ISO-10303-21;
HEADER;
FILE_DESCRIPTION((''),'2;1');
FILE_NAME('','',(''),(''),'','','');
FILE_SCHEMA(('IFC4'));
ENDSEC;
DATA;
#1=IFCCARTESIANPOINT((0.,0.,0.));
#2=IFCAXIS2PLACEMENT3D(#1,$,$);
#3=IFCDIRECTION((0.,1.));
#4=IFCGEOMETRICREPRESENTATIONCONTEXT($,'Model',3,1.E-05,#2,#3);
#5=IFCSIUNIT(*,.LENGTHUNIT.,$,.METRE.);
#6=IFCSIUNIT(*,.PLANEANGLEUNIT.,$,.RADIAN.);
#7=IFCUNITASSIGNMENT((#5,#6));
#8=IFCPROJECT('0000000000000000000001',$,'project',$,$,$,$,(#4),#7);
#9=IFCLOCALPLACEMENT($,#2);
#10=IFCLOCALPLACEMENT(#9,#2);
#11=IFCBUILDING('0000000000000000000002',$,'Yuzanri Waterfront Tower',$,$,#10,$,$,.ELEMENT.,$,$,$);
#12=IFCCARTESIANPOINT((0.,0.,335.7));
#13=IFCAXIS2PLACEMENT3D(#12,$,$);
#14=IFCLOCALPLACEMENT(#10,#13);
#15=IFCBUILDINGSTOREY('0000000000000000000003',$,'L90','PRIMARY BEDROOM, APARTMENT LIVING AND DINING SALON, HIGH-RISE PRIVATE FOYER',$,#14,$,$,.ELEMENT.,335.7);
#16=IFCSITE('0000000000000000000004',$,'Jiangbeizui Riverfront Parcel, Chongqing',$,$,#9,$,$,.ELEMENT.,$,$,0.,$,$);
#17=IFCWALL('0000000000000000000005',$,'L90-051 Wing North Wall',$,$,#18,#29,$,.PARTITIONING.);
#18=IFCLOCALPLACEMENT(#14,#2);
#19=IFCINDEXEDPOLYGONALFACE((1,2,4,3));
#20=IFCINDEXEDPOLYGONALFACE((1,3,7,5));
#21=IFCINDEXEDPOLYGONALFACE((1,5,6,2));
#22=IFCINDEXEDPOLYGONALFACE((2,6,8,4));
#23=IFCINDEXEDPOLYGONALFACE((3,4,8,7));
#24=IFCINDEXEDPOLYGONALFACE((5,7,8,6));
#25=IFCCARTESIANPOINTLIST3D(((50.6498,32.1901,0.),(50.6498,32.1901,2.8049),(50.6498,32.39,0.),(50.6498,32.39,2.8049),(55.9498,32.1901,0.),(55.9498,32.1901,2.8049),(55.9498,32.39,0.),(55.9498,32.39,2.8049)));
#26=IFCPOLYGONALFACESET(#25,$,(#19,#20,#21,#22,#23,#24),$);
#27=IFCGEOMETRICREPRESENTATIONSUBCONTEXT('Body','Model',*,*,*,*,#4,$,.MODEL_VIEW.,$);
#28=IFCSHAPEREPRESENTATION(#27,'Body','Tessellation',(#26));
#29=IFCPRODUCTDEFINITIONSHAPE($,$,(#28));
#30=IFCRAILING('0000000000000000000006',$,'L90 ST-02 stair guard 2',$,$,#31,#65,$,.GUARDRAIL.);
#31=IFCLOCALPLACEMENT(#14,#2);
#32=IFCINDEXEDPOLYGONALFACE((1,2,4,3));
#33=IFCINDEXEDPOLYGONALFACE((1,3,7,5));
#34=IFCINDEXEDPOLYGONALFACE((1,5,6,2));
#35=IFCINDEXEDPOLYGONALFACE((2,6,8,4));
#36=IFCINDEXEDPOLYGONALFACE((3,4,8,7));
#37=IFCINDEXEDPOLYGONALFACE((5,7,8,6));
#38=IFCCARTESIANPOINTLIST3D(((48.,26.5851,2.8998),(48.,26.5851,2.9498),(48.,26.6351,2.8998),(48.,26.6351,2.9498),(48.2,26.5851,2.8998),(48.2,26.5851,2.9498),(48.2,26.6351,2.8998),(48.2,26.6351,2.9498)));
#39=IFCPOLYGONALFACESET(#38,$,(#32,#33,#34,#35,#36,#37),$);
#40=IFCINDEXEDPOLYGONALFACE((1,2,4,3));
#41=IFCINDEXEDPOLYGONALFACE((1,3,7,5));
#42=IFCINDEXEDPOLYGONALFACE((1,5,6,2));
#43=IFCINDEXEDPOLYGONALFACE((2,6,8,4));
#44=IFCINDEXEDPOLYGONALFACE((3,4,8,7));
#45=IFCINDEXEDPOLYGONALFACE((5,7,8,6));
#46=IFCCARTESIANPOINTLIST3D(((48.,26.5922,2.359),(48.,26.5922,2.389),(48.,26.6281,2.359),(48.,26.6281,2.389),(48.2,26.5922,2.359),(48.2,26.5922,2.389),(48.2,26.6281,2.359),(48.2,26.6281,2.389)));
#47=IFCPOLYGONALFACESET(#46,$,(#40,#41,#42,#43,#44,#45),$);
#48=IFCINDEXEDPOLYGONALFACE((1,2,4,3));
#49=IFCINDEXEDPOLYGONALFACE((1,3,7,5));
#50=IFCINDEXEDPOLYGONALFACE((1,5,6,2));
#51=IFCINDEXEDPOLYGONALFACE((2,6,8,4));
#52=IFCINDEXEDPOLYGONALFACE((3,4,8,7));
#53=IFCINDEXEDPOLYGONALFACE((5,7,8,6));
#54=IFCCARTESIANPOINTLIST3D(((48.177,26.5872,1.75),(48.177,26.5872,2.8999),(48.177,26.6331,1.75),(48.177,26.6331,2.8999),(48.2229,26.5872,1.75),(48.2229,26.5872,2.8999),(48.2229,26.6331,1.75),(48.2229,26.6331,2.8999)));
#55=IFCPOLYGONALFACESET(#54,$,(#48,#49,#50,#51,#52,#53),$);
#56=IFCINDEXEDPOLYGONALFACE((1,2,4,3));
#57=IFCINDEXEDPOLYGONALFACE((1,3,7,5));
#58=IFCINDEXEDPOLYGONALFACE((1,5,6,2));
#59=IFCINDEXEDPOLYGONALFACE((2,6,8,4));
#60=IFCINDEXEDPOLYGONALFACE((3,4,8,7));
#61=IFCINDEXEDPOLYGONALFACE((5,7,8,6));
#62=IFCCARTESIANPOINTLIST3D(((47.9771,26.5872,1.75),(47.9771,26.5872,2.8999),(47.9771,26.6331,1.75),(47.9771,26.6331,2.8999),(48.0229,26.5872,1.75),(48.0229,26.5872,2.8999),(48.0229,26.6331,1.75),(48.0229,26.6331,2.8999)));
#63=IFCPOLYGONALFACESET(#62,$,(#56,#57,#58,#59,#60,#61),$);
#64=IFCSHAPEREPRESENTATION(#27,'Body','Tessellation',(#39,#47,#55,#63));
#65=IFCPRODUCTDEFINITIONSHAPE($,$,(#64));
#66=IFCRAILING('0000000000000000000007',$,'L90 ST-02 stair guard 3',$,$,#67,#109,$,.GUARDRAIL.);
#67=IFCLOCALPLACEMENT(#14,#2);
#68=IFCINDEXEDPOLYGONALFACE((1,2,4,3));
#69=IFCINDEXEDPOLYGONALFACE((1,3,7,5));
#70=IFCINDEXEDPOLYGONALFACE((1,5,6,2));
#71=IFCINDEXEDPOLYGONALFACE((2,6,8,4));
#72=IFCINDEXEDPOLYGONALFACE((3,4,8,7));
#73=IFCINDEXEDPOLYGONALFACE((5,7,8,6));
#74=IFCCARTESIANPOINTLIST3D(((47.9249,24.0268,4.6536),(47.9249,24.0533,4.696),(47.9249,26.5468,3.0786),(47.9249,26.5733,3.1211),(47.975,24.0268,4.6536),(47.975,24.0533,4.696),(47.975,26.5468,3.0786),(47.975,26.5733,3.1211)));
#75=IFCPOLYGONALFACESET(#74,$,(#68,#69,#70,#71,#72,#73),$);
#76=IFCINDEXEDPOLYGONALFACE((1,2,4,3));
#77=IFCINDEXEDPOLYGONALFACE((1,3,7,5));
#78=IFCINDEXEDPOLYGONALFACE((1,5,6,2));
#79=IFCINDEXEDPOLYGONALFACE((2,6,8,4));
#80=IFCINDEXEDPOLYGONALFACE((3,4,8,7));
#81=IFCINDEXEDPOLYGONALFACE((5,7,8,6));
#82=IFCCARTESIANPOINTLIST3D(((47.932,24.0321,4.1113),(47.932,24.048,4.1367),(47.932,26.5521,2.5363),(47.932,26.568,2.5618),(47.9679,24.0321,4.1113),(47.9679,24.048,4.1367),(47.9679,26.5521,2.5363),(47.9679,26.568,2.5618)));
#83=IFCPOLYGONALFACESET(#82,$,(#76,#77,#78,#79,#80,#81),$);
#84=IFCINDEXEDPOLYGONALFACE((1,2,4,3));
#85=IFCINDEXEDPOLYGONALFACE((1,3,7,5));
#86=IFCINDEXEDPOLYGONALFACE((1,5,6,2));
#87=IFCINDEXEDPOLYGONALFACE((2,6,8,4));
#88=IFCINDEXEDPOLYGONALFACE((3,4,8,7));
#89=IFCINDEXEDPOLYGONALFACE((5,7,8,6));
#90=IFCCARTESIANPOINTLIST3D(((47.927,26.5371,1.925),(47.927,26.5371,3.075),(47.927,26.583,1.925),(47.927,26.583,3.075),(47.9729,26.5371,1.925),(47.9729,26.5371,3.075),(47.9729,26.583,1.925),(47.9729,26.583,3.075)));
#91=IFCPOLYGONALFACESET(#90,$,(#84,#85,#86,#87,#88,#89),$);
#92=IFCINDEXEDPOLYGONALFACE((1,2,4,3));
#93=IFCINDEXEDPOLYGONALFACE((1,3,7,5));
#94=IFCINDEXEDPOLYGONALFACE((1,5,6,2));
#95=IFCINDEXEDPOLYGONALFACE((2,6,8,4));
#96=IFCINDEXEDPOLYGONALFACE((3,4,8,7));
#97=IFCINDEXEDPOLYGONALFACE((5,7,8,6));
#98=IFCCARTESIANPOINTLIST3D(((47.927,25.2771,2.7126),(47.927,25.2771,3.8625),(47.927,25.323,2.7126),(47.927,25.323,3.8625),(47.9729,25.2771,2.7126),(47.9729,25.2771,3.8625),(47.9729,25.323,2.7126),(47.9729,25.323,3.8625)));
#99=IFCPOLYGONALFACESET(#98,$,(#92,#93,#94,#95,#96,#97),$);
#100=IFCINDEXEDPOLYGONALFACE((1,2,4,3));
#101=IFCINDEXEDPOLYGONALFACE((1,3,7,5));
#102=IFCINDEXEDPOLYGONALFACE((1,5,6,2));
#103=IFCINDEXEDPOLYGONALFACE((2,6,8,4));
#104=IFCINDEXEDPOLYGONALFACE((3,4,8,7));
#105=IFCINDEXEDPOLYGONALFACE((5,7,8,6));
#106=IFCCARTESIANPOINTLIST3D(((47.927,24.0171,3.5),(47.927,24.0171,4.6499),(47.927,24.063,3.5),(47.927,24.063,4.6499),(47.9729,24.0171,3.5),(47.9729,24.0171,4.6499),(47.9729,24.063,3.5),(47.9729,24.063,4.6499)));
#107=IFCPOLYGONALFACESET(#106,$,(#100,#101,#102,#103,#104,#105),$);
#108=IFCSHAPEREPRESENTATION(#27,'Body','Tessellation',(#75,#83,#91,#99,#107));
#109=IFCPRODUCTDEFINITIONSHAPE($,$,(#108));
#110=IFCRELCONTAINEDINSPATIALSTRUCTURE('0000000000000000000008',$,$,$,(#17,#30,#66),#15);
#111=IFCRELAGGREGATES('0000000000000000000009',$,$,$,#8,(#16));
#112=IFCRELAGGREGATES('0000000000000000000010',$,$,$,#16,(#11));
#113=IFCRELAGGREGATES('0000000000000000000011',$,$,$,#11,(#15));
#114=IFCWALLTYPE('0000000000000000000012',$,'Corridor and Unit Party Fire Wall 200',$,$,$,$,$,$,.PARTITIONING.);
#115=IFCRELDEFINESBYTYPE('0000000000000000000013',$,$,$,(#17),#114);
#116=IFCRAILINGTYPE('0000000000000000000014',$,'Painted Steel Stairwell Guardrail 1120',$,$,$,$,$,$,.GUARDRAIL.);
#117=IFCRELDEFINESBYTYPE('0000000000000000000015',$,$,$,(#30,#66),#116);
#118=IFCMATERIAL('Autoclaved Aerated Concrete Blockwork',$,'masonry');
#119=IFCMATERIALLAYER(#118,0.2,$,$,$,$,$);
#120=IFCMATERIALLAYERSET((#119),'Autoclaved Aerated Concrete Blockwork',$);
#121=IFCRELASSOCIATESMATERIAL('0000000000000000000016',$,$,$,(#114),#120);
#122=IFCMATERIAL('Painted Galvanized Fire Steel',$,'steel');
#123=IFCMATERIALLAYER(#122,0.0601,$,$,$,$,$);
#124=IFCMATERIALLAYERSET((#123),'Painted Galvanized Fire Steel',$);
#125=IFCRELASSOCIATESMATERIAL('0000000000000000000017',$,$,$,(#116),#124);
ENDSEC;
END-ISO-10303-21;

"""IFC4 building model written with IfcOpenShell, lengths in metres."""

from ifc_helpers import new_model, si_unit, direction, frame, frame_2d, origin, origin_2d, place, context, subcontext, project, spatial, rectangle, extrude, source, transform, mapped, material, layer, layer_set, type_object, element, save


model = new_model("IFC4")

# Units and contexts
model_context = context("Model", 3, precision=1e-05, world=origin(), true_north=direction((0.0, 1.0)))
body_context = subcontext(model_context, "Body", "Model", "MODEL_VIEW")
ifc_project = project(units=[si_unit("LENGTHUNIT", "METRE"), si_unit("PLANEANGLEUNIT", "RADIAN")], contexts=[model_context])

# Site, building, storey
site_placement = place(None, origin())
site = spatial("IfcSite", under=ifc_project, at=site_placement, Name="Jiangbeizui Riverfront Parcel, Chongqing", CompositionType="ELEMENT", RefElevation=0.0)
building_placement = place(site_placement, origin())
building = spatial("IfcBuilding", under=site, at=building_placement, Name="Yuzanri Waterfront Tower", CompositionType="ELEMENT")
storey_placement = place(building_placement, frame((0.0, 0.0, 335.7)))
storey = spatial("IfcBuildingStorey", under=building, at=storey_placement, Name="L90", Description="PRIMARY BEDROOM, APARTMENT LIVING AND DINING SALON, HIGH-RISE PRIVATE FOYER", CompositionType="ELEMENT", Elevation=335.7)

# Wall
ifc_material_1 = material(Name="Autoclaved Aerated Concrete Blockwork", Category="masonry")
ifc_layer_1 = layer(ifc_material_1, 0.2)
ifc_layer_set_1 = layer_set([ifc_layer_1], Name="Autoclaved Aerated Concrete Blockwork")
wall_type = type_object("IfcWallType", Name="Corridor and Unit Party Fire Wall 200", PredefinedType="PARTITIONING", material=ifc_layer_set_1)
shared_shape_1 = source(origin(), body_context, "Body", "SweptSolid", [
    extrude(rectangle(XDim=5.3, YDim=0.2, at=frame_2d((2.6499, 0.0))), origin(), (0.0, 0.0, 1.0), 2.8049),
])
wall_placement = place(storey_placement, frame((50.6499, 32.29, 0.0), z_axis=(0.0, 0.0, 1.0), x_axis=(1.0, 0.0, 0.0)))
element("IfcWall", 1, at=wall_placement, inside=storey, type_object=wall_type, Name="L90-051 Wing North Wall", PredefinedType="PARTITIONING", context=body_context, shape_type="MappedRepresentation", body=[
    mapped(shared_shape_1, transform((0.0, 0.0, 0.0), scale=1.0)),
])

# Railings
ifc_material_2 = material(Name="Painted Galvanized Fire Steel", Category="steel")
ifc_layer_2 = layer(ifc_material_2, 0.0601)
ifc_layer_set_2 = layer_set([ifc_layer_2], Name="Painted Galvanized Fire Steel")
railing_type = type_object("IfcRailingType", Name="Painted Steel Stairwell Guardrail 1120", PredefinedType="GUARDRAIL", material=ifc_layer_set_2)
shared_shape_2 = source(origin(), body_context, "Body", "SweptSolid", [
    extrude(rectangle(XDim=0.05, YDim=0.05, at=origin_2d()), frame((0.0, 0.0, 1.1748), z_axis=(-1.0, 0.0, 0.0), x_axis=(0.0, -1.0, 0.0)), (0.0, 0.0, 1.0), 0.2),
    extrude(rectangle(XDim=0.0359, YDim=0.03, at=origin_2d()), frame((0.0, 0.0, 0.624), z_axis=(-1.0, 0.0, 0.0), x_axis=(0.0, -1.0, 0.0)), (0.0, 0.0, 1.0), 0.2),
    extrude(rectangle(XDim=0.0459, YDim=0.0459, at=origin_2d()), origin(), (0.0, 0.0, 1.0), 1.1499),
    extrude(rectangle(XDim=0.0459, YDim=0.0459, at=origin_2d()), frame((-0.2, 0.0, 0.0)), (0.0, 0.0, 1.0), 1.1499),
])
railing_1_placement = place(storey_placement, frame((48.2, 26.6101, 1.75)))
element("IfcRailing", 2, at=railing_1_placement, inside=storey, type_object=railing_type, Name="L90 ST-02 stair guard 2", PredefinedType="GUARDRAIL", context=body_context, shape_type="MappedRepresentation", body=[
    mapped(shared_shape_2, transform((0.0, 0.0, 0.0), scale=1.0)),
])
shared_shape_3 = source(origin(), body_context, "Body", "SweptSolid", [
    extrude(rectangle(XDim=0.05, YDim=0.05, at=origin_2d()), frame((0.0, 0.0, 1.1748), z_axis=(0.0, -0.848008, 0.529984), x_axis=(1.0, 0.0, 0.0)), (0.0, 0.0, 1.0), 2.9717),
    extrude(rectangle(XDim=0.0359, YDim=0.03, at=origin_2d()), frame((0.0, 0.0, 0.624), z_axis=(0.0, -0.848008, 0.529984), x_axis=(1.0, 0.0, 0.0)), (0.0, 0.0, 1.0), 2.9717),
    extrude(rectangle(XDim=0.0459, YDim=0.0459, at=origin_2d()), origin(), (0.0, 0.0, 1.0), 1.1499),
    extrude(rectangle(XDim=0.0459, YDim=0.0459, at=origin_2d()), frame((0.0, -1.26, 0.7876)), (0.0, 0.0, 1.0), 1.1499),
    extrude(rectangle(XDim=0.0459, YDim=0.0459, at=origin_2d()), frame((0.0, -2.52, 1.575)), (0.0, 0.0, 1.0), 1.1499),
])
railing_2_placement = place(storey_placement, frame((47.95, 26.5601, 1.925)))
element("IfcRailing", 3, at=railing_2_placement, inside=storey, type_object=railing_type, Name="L90 ST-02 stair guard 3", PredefinedType="GUARDRAIL", context=body_context, shape_type="MappedRepresentation", body=[
    mapped(shared_shape_3, transform((0.0, 0.0, 0.0), scale=1.0)),
])

save(model, "model.ifc")
